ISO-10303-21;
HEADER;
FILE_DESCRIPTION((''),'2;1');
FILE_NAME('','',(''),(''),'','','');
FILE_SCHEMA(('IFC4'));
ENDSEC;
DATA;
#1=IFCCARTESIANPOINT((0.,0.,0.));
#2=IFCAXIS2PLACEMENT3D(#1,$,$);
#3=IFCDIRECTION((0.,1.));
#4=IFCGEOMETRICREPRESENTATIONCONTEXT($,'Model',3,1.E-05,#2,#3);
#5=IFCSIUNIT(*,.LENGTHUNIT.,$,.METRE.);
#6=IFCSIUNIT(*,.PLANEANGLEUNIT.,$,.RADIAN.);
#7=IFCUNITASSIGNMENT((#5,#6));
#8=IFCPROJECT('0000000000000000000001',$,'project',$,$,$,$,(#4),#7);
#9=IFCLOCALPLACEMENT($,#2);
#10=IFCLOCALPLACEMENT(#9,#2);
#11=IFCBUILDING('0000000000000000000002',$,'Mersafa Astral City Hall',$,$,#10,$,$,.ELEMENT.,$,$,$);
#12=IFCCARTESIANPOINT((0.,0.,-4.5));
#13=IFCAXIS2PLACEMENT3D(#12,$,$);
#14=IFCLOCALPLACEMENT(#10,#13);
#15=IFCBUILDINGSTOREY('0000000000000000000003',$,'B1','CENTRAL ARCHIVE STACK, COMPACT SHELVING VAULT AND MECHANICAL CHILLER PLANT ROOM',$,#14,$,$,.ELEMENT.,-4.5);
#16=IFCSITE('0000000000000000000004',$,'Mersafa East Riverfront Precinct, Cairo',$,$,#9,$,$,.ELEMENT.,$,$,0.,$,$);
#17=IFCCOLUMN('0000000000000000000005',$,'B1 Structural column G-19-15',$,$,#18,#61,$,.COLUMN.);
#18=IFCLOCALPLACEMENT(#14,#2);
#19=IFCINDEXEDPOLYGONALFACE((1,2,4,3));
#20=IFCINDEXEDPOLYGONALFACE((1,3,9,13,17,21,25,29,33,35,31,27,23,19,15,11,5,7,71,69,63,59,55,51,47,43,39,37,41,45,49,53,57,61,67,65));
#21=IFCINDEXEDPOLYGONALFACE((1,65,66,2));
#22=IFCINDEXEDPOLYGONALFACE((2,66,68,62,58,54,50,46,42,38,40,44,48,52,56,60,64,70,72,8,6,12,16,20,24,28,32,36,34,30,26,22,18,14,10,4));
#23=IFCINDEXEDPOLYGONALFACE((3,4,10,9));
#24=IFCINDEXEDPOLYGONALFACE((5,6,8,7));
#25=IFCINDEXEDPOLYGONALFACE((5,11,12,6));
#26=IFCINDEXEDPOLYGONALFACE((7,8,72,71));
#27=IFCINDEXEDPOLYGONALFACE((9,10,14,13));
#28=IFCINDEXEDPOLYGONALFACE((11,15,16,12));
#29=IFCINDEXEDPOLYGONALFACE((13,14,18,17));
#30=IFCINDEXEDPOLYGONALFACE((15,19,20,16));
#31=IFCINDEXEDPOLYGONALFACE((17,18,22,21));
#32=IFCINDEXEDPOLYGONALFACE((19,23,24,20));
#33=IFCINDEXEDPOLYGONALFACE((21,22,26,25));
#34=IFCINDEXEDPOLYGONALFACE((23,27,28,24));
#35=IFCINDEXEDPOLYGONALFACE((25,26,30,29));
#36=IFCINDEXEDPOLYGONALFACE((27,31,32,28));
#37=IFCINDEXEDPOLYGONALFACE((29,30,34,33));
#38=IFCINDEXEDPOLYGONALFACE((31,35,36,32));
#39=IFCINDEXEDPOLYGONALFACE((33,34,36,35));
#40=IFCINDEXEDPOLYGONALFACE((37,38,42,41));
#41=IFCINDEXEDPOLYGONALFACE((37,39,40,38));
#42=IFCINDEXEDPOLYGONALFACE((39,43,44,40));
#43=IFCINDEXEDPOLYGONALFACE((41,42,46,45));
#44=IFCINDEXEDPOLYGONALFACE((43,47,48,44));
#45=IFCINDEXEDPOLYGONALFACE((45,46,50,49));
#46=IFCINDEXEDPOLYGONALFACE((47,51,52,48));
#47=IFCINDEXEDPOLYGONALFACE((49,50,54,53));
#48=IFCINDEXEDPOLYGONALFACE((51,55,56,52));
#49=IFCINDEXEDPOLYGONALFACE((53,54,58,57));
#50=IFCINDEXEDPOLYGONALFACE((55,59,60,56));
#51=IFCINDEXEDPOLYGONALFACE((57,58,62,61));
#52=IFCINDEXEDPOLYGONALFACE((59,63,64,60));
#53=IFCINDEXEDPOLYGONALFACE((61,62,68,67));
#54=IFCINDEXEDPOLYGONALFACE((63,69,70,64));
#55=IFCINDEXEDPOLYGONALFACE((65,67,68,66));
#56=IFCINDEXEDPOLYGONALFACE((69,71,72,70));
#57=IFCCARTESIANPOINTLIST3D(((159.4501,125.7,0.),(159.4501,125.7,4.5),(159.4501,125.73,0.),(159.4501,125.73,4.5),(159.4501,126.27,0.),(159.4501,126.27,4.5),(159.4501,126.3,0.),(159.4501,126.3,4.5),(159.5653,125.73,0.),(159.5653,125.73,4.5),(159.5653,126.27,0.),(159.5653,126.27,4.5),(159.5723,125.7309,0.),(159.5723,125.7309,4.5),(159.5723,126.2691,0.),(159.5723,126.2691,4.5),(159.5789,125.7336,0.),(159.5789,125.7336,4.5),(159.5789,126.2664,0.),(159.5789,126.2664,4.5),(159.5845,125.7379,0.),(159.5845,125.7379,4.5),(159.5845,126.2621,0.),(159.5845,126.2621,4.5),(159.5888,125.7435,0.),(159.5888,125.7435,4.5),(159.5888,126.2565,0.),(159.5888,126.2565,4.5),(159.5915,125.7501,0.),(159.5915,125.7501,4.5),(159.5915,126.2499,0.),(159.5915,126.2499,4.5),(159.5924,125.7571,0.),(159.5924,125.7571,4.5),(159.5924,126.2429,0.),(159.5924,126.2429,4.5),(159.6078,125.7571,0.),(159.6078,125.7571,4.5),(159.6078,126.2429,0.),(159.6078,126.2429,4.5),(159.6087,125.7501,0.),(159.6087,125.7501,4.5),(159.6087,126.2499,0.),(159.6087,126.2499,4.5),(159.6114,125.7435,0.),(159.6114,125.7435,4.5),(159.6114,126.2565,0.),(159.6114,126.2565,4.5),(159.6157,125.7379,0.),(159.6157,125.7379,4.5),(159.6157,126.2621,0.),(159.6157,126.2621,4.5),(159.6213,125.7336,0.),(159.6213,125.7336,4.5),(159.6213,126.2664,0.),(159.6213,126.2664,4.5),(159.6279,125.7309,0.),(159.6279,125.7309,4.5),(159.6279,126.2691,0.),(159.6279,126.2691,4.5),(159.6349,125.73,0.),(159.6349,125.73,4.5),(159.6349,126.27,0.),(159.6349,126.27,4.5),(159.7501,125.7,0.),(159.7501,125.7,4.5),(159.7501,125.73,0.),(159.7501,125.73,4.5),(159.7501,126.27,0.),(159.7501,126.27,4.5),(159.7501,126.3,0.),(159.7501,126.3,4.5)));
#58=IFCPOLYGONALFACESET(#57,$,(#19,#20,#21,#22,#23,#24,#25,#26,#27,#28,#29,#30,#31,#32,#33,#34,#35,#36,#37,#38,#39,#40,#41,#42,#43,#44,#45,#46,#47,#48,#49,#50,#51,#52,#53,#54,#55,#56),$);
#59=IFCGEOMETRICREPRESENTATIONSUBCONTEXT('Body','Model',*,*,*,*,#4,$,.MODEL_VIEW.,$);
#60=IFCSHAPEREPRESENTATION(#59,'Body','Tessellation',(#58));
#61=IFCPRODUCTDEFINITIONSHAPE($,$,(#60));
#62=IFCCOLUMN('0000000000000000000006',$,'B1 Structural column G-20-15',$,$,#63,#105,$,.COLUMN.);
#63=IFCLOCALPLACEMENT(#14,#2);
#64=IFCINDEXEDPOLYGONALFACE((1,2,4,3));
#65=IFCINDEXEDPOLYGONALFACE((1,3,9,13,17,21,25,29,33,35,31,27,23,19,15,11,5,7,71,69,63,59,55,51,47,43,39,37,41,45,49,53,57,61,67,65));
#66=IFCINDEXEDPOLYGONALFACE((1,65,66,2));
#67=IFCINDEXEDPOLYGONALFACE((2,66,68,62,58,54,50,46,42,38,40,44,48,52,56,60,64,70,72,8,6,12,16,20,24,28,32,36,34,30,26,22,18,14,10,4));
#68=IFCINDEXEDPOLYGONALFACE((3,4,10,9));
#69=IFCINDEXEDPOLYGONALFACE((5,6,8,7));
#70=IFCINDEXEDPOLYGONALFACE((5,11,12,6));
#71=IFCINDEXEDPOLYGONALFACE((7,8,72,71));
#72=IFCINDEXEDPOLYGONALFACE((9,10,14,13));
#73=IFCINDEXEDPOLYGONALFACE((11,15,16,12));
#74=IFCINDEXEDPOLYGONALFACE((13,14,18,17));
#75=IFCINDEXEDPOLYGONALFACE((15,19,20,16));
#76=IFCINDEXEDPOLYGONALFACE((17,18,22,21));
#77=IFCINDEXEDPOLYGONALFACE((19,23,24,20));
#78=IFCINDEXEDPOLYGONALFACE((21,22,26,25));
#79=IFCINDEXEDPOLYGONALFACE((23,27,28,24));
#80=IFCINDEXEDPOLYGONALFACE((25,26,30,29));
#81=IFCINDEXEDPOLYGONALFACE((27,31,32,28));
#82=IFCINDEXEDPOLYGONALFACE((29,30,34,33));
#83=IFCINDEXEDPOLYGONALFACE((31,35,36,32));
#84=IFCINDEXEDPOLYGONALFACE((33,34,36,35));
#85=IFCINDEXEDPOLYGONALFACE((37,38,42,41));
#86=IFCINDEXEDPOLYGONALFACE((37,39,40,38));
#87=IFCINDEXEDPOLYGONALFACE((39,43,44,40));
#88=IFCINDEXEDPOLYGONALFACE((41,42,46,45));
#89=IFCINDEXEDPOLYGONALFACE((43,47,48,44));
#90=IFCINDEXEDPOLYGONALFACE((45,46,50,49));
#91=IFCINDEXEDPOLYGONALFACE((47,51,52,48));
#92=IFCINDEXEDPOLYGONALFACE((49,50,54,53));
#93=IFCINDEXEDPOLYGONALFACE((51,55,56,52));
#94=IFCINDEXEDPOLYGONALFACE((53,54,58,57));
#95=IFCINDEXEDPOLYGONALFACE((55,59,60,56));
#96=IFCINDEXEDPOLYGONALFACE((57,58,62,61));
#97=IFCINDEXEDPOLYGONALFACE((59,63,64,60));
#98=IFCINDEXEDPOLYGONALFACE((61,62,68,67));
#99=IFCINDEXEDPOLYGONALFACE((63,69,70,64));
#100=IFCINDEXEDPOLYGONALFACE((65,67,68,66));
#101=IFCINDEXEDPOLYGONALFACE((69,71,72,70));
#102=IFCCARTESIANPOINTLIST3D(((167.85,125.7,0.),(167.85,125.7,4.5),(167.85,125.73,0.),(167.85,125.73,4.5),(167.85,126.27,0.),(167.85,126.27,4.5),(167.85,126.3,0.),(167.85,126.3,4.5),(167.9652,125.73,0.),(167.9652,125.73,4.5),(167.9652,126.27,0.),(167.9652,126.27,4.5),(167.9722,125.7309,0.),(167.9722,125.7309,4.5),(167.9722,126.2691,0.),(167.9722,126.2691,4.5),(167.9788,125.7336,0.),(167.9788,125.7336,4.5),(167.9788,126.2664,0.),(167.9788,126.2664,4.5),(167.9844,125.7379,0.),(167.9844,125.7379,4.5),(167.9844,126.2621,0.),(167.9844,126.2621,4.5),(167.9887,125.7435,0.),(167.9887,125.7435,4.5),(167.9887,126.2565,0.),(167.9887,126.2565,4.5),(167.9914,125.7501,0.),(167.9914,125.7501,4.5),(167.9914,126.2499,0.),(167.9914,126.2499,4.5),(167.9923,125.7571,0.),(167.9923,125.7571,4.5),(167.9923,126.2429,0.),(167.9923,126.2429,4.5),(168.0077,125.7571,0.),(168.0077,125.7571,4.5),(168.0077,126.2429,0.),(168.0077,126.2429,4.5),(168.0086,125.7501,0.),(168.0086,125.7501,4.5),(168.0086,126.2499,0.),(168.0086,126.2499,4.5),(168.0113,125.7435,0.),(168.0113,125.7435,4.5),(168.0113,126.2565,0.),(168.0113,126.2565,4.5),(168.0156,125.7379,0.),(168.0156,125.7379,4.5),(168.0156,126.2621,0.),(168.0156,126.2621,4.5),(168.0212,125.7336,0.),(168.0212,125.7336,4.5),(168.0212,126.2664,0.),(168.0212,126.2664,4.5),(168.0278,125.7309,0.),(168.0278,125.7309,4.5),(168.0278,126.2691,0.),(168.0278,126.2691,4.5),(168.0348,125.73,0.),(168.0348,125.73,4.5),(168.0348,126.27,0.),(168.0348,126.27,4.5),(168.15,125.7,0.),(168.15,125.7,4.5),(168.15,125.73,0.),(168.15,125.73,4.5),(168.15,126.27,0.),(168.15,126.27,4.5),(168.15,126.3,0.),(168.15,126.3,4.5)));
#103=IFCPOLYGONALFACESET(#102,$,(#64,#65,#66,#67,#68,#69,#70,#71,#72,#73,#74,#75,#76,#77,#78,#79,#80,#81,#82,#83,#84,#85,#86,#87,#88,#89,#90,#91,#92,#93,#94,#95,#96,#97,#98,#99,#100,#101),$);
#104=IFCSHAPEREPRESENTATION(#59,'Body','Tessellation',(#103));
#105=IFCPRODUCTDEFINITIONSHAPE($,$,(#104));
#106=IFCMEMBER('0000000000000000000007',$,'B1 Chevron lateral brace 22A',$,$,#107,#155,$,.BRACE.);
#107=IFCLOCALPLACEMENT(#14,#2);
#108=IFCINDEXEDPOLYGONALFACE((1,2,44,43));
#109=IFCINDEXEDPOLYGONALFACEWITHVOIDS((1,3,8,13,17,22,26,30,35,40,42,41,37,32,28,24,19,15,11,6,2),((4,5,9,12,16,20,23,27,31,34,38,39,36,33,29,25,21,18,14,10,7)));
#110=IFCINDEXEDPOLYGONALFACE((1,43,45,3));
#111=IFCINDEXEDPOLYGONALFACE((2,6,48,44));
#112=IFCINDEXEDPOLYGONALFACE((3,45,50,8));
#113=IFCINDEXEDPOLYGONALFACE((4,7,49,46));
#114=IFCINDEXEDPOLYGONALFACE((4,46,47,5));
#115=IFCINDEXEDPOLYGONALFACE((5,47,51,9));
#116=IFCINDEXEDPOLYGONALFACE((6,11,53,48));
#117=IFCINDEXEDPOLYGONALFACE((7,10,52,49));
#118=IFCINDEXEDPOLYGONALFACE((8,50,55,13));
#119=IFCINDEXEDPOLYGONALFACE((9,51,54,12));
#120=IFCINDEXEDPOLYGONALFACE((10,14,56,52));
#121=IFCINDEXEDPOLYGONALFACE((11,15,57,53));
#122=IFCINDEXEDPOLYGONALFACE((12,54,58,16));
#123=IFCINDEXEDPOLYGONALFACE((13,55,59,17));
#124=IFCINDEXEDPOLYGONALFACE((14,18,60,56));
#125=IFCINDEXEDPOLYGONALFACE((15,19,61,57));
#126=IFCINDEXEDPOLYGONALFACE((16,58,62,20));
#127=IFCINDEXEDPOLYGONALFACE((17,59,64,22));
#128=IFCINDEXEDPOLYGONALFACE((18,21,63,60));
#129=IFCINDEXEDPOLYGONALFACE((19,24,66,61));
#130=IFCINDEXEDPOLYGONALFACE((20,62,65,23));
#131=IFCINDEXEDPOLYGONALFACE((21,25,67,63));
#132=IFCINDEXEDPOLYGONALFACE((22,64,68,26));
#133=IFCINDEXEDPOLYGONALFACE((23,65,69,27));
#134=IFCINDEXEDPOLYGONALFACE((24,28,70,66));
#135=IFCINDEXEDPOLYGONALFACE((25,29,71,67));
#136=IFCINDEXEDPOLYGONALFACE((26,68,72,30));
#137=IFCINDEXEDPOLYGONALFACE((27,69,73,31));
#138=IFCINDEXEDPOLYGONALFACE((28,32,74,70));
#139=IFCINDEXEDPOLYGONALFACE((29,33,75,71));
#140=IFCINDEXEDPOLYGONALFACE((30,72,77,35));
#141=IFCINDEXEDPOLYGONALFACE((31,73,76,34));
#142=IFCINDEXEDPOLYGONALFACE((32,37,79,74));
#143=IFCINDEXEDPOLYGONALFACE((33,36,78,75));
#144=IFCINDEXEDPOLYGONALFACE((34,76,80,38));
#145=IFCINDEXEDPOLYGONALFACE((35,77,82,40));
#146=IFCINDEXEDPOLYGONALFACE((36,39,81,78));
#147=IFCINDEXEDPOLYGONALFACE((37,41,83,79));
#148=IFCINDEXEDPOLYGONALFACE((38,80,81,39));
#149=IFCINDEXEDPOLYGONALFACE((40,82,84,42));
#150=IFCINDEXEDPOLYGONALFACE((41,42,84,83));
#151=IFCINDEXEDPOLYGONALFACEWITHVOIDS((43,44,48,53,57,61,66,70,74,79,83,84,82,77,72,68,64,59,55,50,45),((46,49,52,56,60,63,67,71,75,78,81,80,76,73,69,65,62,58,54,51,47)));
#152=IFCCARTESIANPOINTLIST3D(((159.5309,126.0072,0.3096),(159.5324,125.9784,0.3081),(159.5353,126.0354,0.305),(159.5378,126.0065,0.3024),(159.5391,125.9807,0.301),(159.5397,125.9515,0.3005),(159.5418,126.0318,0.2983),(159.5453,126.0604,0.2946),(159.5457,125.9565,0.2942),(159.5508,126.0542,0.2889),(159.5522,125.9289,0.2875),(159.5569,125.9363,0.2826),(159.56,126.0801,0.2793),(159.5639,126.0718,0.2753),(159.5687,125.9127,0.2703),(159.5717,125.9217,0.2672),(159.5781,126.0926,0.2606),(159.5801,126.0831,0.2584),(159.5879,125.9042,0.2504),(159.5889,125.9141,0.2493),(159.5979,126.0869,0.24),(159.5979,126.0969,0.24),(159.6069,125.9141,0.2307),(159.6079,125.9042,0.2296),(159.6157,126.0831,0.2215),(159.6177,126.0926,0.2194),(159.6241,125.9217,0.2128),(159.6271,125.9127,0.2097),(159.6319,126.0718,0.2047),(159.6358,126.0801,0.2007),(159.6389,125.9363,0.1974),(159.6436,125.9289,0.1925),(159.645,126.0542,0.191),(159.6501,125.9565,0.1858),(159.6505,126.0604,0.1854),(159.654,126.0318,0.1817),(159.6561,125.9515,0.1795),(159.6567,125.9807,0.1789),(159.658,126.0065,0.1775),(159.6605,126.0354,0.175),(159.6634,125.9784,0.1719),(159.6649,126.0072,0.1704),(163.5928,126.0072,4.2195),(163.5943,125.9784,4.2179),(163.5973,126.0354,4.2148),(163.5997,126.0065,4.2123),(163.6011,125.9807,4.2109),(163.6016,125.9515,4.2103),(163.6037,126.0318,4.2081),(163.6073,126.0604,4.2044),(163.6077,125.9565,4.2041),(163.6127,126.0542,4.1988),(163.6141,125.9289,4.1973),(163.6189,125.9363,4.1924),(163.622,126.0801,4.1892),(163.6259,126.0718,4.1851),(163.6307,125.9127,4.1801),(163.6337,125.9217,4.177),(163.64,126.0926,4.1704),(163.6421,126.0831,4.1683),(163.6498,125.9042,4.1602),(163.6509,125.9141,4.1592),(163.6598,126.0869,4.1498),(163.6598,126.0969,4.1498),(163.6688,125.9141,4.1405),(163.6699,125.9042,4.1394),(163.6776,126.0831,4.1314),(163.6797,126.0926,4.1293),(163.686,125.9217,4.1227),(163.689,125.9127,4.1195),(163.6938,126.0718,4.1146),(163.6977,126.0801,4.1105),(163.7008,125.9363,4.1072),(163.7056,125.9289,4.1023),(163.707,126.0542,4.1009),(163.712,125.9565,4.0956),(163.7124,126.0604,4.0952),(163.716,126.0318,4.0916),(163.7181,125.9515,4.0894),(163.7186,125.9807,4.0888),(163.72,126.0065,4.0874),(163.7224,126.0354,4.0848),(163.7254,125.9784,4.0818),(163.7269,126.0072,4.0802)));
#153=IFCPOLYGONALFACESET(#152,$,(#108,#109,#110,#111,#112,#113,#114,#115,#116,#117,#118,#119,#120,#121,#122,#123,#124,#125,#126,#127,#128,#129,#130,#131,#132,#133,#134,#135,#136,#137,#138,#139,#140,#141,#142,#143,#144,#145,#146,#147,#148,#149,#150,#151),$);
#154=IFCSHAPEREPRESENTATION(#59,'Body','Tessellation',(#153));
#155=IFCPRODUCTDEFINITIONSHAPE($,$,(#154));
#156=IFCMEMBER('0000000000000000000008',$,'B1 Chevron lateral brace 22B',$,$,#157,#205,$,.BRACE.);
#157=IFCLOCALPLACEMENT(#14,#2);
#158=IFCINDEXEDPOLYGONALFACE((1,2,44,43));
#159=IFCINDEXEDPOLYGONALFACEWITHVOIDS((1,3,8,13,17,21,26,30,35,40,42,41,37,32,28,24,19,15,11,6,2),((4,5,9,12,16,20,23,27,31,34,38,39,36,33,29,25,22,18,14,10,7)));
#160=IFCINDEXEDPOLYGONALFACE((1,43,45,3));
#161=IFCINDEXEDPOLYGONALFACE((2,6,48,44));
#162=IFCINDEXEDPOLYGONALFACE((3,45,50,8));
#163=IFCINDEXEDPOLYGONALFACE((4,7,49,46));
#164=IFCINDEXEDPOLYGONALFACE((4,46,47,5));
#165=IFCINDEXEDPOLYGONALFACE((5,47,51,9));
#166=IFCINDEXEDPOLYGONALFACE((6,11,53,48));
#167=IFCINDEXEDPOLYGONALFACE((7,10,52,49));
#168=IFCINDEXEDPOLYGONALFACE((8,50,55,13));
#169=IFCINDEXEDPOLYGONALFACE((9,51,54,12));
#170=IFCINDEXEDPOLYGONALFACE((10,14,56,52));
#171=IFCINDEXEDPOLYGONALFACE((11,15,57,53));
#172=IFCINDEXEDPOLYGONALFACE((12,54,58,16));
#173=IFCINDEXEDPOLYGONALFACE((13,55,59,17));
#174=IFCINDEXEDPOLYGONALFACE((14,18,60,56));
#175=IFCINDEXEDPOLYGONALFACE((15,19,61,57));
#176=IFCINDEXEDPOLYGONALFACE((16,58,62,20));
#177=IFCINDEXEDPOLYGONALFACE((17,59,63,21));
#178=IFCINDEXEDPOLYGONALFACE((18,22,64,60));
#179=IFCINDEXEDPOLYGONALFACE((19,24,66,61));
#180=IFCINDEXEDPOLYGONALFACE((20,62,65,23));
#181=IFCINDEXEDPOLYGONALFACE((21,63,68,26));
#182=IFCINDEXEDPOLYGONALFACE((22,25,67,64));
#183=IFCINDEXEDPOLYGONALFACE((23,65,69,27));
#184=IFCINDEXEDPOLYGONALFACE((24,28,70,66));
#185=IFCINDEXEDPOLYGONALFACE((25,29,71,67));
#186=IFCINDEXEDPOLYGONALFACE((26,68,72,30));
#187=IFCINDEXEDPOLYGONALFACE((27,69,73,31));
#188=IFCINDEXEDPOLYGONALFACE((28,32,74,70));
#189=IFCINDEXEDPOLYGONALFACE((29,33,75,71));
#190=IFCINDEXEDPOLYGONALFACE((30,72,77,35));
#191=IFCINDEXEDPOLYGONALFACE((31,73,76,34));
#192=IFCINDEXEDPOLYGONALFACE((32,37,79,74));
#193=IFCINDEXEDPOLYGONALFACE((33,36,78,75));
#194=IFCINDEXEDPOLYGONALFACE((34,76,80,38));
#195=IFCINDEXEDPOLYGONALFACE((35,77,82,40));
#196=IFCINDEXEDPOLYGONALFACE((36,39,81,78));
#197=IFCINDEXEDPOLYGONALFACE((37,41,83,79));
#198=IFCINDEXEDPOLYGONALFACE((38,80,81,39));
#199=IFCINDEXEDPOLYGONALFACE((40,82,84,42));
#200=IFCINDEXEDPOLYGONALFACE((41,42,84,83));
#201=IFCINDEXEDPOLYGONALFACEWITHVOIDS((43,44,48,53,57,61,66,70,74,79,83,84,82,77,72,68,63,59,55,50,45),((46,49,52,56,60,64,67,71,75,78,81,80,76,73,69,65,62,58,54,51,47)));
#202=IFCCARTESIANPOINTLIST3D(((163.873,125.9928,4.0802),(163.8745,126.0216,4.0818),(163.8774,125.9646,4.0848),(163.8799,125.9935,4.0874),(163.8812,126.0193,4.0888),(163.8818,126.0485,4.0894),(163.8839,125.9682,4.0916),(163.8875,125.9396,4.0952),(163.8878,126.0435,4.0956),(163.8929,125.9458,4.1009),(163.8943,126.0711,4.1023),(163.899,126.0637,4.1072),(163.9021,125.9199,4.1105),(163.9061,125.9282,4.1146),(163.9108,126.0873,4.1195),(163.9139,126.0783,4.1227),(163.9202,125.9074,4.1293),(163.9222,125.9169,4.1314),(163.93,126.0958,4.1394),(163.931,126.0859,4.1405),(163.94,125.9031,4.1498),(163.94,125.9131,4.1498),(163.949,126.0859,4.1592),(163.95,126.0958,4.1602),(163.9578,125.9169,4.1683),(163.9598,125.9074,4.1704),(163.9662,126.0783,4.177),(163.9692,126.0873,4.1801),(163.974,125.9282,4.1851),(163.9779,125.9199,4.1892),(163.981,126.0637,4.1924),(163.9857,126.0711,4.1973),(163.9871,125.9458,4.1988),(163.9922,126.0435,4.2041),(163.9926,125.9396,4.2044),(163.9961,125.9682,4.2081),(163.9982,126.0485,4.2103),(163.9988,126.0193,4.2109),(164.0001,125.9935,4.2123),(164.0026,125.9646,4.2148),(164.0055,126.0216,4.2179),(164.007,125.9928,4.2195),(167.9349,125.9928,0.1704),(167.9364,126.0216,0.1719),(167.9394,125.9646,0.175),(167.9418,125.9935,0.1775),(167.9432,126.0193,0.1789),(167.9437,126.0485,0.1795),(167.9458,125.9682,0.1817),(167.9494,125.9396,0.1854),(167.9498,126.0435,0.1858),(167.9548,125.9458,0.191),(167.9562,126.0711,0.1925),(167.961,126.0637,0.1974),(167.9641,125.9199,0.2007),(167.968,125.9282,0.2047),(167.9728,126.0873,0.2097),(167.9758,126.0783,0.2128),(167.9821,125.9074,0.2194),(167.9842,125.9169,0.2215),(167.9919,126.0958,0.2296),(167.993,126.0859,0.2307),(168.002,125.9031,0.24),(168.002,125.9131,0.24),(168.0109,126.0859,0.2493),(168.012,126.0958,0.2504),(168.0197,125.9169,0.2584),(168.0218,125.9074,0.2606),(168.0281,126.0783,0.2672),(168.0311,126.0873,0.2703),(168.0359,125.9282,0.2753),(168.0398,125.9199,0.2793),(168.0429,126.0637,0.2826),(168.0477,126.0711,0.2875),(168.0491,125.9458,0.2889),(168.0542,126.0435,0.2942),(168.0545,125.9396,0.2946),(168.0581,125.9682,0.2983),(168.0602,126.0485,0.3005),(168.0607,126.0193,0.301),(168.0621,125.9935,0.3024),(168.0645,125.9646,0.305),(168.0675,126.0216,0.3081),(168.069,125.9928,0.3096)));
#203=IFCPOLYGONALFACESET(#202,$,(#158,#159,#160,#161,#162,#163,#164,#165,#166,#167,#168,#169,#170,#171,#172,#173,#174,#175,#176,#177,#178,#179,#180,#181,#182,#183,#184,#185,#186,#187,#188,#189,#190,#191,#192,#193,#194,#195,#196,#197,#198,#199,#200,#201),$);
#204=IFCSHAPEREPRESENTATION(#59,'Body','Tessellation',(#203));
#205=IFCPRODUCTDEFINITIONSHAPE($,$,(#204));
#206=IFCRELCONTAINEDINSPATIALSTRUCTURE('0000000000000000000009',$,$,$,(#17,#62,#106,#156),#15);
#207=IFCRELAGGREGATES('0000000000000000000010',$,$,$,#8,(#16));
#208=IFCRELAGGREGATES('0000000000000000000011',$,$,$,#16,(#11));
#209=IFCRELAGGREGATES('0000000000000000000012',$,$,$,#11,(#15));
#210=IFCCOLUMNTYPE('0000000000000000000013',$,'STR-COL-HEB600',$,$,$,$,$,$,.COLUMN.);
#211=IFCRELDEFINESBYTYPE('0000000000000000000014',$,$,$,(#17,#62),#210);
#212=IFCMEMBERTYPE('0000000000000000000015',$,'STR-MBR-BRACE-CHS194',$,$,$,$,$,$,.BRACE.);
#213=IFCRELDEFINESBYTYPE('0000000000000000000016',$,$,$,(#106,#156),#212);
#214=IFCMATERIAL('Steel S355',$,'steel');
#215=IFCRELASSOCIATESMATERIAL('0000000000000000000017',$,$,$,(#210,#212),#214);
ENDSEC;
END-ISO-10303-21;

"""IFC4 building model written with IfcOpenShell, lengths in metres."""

from ifc_helpers import new_model, si_unit, direction, frame, origin, origin_2d, place, context, subcontext, project, spatial, hollow_circle, i_section, extrude, material, material_profile, profile_set, type_object, element, save


model = new_model("IFC4")

# Units and contexts
model_context = context("Model", 3, precision=1e-05, world=origin(), true_north=direction((0.0, 1.0)))
body_context = subcontext(model_context, "Body", "Model", "MODEL_VIEW")
ifc_project = project(units=[si_unit("LENGTHUNIT", "METRE"), si_unit("PLANEANGLEUNIT", "RADIAN")], contexts=[model_context])

# Site, building, storey
site_placement = place(None, origin())
site = spatial("IfcSite", under=ifc_project, at=site_placement, Name="Mersafa East Riverfront Precinct, Cairo", CompositionType="ELEMENT", RefElevation=0.0)
building_placement = place(site_placement, origin())
building = spatial("IfcBuilding", under=site, at=building_placement, Name="Mersafa Astral City Hall", CompositionType="ELEMENT")
storey_placement = place(building_placement, frame((0.0, 0.0, -4.5)))
storey = spatial("IfcBuildingStorey", under=building, at=storey_placement, Name="B1", Description="CENTRAL ARCHIVE STACK, COMPACT SHELVING VAULT AND MECHANICAL CHILLER PLANT ROOM", CompositionType="ELEMENT", Elevation=-4.5)

# Columns
ifc_material_1 = material(Name="Steel S355", Category="steel")
ifc_material_profile_1 = material_profile(ifc_material_1, i_section(OverallWidth=0.3, OverallDepth=0.6001, WebThickness=0.0154, FlangeThickness=0.03, FilletRadius=0.0271, at=origin_2d()), Name="HEB 600")
ifc_profile_set_1 = profile_set([ifc_material_profile_1], Name="Steel S355")
column_type = type_object("IfcColumnType", Name="STR-COL-HEB600", PredefinedType="COLUMN", material=ifc_profile_set_1)
for number, where, z_axis, x_axis, name in (
    (1, (159.6001, 126.0, 0.0), (0.0, 0.0, 1.0), (1.0, 0.0, 0.0), "B1 Structural column G-19-15"),
    (2, (168.0, 126.0, 0.0), (0.0, 0.0, 1.0), (1.0, 0.0, 0.0), "B1 Structural column G-20-15"),
):
    element("IfcColumn", number, at=place(storey_placement, frame(where, z_axis=z_axis, x_axis=x_axis)), inside=storey, type_object=column_type, Name=name, PredefinedType="COLUMN", context=body_context, shape_type="SweptSolid", body=[
        extrude(i_section(OverallWidth=0.3, OverallDepth=0.6001, WebThickness=0.0154, FlangeThickness=0.03, FilletRadius=0.0271, at=origin_2d()), origin(), (0.0, 0.0, 1.0), 4.5),
    ])

# Members
ifc_material_profile_2 = material_profile(ifc_material_1, hollow_circle(Radius=0.0969, WallThickness=0.01, at=origin_2d()), Name="CHS 193.7x10")
ifc_profile_set_2 = profile_set([ifc_material_profile_2], Name="Steel S355")
member_type = type_object("IfcMemberType", Name="STR-MBR-BRACE-CHS194", PredefinedType="BRACE", material=ifc_profile_set_2)
for number, where, z_axis, x_axis, name in (
    (3, (159.5979, 126.0, 0.24), (0.720467, 0.0, 0.693489), (0.0, 1.0, 0.0), "B1 Chevron lateral brace 22A"),
    (4, (168.002, 126.0, 0.24), (-0.720467, 0.0, 0.693489), (0.0, -1.0, 0.0), "B1 Chevron lateral brace 22B"),
):
    element("IfcMember", number, at=place(storey_placement, frame(where, z_axis=z_axis, x_axis=x_axis)), inside=storey, type_object=member_type, Name=name, PredefinedType="BRACE", context=body_context, shape_type="SweptSolid", body=[
        extrude(hollow_circle(Radius=0.0969, WallThickness=0.01, at=origin_2d()), origin(), (0.0, 0.0, 1.0), 5.6379),
    ])

save(model, "model.ifc")
